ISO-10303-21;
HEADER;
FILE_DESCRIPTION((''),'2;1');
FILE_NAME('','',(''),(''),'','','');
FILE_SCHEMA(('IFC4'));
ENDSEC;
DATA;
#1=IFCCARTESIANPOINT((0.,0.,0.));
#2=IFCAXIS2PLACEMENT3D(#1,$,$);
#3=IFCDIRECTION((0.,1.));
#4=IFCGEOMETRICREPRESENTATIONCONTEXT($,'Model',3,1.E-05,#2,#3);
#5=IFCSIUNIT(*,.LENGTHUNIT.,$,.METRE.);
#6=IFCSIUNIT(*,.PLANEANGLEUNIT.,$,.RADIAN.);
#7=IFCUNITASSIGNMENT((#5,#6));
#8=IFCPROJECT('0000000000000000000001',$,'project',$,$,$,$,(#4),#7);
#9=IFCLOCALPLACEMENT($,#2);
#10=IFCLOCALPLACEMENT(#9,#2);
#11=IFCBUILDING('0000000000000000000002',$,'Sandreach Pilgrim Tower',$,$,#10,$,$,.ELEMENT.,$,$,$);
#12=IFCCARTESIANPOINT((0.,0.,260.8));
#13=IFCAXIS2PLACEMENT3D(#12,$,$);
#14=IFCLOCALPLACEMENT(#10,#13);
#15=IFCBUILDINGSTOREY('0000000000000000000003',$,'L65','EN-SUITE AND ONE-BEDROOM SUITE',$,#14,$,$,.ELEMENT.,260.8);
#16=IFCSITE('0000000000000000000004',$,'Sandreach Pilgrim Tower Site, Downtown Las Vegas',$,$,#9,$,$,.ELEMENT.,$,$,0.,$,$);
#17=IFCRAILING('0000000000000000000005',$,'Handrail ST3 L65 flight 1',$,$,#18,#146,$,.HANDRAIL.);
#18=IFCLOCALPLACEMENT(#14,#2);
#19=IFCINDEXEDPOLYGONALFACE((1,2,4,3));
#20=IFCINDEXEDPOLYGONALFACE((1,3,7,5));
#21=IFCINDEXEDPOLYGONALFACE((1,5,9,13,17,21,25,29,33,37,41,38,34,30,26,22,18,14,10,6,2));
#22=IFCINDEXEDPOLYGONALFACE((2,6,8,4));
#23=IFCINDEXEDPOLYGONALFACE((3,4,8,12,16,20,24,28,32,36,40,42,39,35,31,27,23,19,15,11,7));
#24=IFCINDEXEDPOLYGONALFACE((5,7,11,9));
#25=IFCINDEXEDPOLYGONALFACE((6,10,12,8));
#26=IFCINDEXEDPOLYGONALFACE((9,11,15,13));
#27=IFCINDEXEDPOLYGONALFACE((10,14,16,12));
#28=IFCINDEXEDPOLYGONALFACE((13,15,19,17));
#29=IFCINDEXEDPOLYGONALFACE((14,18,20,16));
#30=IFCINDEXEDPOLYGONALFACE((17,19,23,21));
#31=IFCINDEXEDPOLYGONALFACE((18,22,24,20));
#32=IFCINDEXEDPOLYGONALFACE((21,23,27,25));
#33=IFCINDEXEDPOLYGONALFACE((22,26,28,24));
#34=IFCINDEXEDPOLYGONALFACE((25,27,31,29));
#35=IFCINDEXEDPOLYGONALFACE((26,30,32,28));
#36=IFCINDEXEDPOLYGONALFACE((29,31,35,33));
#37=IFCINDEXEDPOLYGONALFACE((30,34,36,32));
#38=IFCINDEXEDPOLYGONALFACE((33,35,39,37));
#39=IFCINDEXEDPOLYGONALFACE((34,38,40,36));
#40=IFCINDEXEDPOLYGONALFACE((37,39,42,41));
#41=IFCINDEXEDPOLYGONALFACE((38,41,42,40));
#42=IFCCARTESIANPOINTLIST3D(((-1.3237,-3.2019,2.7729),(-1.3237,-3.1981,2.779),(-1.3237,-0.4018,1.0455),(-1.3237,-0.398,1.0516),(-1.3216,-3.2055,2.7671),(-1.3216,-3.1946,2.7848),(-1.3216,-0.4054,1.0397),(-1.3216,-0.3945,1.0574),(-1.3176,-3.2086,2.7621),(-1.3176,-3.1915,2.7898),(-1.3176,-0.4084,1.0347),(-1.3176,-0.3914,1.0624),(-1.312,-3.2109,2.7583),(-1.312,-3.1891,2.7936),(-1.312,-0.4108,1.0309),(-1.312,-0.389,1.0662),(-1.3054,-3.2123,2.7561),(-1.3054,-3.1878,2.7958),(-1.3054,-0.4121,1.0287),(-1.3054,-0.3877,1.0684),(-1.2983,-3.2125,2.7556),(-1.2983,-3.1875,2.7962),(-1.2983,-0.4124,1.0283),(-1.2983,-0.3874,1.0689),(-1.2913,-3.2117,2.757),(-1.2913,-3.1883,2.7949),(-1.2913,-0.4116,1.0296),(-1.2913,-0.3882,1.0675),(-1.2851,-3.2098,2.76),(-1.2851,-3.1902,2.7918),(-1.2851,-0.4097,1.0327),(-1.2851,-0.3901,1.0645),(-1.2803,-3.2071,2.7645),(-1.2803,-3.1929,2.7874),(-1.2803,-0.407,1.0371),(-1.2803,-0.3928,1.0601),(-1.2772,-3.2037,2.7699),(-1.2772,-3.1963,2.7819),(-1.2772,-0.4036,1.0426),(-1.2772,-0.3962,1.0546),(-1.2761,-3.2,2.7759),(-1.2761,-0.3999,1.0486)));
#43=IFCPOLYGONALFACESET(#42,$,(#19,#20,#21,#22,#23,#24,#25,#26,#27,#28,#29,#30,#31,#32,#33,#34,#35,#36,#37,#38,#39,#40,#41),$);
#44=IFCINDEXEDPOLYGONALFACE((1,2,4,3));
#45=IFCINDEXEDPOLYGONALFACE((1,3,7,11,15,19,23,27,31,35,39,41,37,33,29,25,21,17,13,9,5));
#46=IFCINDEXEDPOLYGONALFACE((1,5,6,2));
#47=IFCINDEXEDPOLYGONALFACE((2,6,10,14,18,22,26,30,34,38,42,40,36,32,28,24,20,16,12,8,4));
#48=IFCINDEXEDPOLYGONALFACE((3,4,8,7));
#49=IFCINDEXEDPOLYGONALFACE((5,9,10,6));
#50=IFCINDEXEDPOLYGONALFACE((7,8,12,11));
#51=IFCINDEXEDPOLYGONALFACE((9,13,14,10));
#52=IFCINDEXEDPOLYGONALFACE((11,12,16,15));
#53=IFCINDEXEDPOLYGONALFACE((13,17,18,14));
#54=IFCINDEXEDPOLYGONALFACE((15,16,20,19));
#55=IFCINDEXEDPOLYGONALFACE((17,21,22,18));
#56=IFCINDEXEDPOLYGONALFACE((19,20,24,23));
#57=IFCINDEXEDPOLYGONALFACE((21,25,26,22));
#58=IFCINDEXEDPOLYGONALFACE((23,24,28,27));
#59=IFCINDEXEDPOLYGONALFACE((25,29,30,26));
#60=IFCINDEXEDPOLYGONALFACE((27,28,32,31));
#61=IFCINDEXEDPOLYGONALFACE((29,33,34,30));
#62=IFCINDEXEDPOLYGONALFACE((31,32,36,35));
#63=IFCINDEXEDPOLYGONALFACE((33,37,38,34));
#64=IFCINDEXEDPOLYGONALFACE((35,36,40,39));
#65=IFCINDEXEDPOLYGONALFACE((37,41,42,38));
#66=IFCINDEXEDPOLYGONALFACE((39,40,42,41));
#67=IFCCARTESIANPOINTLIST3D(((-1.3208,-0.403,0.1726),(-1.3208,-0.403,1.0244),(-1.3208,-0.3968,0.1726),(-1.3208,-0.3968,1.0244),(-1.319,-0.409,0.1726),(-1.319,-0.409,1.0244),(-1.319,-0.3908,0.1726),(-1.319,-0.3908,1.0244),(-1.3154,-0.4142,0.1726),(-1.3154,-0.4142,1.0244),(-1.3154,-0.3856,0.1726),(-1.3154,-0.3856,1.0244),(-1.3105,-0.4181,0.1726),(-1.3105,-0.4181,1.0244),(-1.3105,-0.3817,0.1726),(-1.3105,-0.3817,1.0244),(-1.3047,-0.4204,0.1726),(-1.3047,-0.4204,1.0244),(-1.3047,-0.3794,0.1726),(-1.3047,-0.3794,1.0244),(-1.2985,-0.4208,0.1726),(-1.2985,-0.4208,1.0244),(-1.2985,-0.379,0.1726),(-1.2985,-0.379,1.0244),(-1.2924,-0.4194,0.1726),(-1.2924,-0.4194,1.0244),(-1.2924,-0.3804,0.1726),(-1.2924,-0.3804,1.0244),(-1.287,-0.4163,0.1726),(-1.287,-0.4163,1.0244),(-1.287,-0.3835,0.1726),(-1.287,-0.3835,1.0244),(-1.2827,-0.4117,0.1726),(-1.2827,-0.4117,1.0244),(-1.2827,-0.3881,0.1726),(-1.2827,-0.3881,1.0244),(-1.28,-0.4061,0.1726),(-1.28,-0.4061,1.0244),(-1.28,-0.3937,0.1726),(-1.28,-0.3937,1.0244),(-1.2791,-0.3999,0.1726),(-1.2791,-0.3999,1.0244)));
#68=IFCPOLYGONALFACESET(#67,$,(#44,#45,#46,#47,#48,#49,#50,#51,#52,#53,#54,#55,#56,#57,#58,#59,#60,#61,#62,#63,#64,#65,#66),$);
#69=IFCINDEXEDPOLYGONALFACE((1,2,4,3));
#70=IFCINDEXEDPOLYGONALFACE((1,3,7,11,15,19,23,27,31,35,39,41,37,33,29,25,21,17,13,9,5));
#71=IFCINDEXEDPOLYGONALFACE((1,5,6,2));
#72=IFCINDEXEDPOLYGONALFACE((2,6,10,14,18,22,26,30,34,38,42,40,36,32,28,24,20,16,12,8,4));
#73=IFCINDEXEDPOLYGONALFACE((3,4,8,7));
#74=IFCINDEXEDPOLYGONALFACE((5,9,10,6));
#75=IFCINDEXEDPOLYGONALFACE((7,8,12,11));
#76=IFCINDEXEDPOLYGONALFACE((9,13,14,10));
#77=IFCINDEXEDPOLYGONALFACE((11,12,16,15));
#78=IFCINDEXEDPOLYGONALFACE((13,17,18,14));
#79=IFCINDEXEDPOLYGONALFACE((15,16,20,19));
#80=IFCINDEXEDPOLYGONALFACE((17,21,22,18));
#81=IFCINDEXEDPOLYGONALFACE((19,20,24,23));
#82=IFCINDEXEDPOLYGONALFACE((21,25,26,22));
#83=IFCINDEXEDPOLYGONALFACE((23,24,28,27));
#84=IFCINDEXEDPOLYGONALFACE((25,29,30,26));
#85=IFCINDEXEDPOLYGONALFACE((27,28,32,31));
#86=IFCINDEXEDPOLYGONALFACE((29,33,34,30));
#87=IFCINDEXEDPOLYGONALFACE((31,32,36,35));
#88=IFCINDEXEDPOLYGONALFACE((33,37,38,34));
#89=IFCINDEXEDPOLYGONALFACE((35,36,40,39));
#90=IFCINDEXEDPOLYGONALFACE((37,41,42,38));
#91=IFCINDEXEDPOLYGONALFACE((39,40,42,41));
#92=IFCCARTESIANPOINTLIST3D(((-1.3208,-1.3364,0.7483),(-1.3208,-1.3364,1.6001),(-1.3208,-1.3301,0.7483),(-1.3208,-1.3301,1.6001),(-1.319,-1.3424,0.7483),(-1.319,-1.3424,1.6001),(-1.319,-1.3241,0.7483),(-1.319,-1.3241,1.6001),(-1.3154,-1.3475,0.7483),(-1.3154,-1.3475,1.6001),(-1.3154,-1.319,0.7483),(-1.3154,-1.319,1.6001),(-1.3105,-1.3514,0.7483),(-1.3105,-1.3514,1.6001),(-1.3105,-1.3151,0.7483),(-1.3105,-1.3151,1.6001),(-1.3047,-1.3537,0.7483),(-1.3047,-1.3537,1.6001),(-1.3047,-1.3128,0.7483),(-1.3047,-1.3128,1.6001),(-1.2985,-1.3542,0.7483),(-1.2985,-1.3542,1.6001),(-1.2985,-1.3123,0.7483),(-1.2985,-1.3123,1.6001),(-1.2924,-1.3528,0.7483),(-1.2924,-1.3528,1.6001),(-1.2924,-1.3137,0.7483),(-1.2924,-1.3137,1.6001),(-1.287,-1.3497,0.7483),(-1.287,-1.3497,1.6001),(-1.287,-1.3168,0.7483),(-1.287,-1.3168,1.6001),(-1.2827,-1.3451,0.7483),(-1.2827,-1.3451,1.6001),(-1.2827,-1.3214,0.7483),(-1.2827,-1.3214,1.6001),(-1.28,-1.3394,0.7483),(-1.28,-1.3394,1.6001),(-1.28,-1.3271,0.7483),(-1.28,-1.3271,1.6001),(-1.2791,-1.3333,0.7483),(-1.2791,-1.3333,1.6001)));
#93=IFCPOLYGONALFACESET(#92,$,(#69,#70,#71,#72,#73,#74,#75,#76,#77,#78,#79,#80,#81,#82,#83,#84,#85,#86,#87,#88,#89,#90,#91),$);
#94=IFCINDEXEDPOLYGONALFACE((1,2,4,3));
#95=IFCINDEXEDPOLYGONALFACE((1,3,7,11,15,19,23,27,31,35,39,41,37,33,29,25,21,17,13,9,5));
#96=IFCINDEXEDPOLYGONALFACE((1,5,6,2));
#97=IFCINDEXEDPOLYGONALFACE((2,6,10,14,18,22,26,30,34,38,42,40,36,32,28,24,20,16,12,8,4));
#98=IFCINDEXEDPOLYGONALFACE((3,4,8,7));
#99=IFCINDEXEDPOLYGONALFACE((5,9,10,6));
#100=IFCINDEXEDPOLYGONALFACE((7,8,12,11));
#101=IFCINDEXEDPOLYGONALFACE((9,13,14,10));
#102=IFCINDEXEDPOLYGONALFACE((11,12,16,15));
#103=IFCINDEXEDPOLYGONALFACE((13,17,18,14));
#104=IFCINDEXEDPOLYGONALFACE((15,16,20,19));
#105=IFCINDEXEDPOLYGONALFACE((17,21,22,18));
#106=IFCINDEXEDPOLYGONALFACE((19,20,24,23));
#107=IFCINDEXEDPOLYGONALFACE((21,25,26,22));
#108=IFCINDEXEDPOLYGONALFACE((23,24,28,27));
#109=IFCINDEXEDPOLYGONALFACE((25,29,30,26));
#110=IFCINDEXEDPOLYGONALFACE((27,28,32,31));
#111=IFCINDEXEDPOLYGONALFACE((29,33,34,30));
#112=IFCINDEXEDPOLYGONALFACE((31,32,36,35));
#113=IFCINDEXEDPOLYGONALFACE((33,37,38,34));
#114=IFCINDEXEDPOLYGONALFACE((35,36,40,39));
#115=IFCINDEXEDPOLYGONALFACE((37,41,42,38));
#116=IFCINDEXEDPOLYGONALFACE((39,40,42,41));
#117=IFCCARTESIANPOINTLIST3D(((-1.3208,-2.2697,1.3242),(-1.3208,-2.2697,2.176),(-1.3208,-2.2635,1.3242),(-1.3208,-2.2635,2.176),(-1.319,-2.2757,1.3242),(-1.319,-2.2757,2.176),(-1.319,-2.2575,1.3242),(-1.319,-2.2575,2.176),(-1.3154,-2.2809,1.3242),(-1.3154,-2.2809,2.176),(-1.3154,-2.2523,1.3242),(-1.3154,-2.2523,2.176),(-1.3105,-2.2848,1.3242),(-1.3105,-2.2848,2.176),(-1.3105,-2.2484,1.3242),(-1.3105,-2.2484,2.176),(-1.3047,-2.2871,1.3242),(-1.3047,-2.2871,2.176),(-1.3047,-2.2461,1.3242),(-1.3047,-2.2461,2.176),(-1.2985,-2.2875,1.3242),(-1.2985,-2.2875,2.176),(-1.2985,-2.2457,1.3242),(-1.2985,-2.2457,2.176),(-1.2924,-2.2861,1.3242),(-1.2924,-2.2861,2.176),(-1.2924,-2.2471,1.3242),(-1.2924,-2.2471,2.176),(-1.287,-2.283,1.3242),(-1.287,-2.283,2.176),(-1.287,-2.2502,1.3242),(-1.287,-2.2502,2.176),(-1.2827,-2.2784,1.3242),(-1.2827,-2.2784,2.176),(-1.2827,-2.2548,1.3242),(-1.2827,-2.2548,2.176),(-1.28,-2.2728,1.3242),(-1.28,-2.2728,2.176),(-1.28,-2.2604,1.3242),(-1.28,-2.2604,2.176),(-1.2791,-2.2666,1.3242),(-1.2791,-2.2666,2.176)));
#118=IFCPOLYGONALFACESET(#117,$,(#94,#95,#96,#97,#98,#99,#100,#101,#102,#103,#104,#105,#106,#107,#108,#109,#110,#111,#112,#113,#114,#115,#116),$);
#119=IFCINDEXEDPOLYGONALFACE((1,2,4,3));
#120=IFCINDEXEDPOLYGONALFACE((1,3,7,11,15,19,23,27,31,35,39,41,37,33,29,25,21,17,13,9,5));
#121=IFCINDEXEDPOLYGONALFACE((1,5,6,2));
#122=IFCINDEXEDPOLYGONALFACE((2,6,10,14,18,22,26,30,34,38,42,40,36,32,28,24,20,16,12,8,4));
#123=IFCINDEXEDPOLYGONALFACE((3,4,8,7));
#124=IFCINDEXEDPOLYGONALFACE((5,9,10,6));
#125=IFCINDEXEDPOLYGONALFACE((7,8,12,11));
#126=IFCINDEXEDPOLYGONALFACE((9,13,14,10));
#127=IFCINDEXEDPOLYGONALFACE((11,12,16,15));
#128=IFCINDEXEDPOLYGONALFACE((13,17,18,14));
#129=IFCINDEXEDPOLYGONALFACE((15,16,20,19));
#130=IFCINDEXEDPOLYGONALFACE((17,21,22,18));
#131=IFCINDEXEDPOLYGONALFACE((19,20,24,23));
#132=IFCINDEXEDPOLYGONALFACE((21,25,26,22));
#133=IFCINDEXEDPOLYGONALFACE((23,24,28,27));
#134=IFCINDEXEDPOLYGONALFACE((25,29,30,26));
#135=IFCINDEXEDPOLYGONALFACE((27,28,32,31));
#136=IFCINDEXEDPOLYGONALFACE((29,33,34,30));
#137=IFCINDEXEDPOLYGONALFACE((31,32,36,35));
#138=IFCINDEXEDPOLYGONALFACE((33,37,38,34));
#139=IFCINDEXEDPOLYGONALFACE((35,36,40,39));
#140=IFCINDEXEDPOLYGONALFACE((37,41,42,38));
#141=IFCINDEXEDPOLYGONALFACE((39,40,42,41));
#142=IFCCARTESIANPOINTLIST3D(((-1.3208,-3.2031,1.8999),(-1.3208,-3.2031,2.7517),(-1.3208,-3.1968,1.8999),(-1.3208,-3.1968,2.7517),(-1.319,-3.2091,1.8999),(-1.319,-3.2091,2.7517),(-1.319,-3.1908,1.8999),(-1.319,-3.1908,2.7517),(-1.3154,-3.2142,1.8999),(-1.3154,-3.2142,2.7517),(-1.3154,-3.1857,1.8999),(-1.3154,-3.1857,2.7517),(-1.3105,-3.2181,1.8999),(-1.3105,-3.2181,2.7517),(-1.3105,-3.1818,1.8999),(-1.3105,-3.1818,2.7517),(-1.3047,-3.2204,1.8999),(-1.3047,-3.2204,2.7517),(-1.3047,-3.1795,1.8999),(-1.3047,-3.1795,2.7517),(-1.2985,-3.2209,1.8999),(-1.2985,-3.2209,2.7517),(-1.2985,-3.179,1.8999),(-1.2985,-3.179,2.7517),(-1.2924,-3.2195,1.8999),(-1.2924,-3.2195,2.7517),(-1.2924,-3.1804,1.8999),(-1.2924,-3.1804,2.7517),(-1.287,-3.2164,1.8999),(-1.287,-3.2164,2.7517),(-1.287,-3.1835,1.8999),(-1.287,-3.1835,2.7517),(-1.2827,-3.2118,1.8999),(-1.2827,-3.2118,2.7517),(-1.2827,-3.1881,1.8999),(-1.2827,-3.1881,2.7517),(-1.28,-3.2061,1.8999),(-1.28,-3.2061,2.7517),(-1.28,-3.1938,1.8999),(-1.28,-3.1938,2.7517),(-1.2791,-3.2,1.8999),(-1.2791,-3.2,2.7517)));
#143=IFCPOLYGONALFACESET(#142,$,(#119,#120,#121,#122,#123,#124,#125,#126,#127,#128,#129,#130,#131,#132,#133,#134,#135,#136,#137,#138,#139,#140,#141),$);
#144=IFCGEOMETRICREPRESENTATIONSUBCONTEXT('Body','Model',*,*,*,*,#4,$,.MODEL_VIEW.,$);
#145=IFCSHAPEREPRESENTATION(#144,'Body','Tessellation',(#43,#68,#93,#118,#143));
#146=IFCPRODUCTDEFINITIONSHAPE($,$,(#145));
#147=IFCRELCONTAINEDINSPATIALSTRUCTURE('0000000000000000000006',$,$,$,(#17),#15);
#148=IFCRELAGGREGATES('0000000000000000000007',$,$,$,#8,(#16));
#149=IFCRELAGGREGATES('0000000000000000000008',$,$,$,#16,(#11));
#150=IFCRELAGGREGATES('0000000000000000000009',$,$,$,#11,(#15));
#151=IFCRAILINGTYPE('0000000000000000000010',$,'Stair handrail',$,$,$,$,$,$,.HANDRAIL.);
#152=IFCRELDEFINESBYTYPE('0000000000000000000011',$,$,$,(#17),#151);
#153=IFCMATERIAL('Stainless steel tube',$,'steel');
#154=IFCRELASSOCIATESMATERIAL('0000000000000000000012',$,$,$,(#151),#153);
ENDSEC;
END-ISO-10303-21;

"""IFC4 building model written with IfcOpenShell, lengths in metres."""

from ifc_helpers import new_model, si_unit, direction, frame, origin, origin_2d, place, context, subcontext, project, spatial, circle, extrude, material, type_object, element, save


model = new_model("IFC4")

# Units and contexts
model_context = context("Model", 3, precision=1e-05, world=origin(), true_north=direction((0.0, 1.0)))
body_context = subcontext(model_context, "Body", "Model", "MODEL_VIEW")
ifc_project = project(units=[si_unit("LENGTHUNIT", "METRE"), si_unit("PLANEANGLEUNIT", "RADIAN")], contexts=[model_context])

# Site, building, storey
site_placement = place(None, origin())
site = spatial("IfcSite", under=ifc_project, at=site_placement, Name="Sandreach Pilgrim Tower Site, Downtown Las Vegas", CompositionType="ELEMENT", RefElevation=0.0)
building_placement = place(site_placement, origin())
building = spatial("IfcBuilding", under=site, at=building_placement, Name="Sandreach Pilgrim Tower", CompositionType="ELEMENT")
storey_placement = place(building_placement, frame((0.0, 0.0, 260.8)))
storey = spatial("IfcBuildingStorey", under=building, at=storey_placement, Name="L65", Description="EN-SUITE AND ONE-BEDROOM SUITE", CompositionType="ELEMENT", Elevation=260.8)

# Railing
ifc_material_1 = material(Name="Stainless steel tube", Category="steel")
railing_type = type_object("IfcRailingType", Name="Stair handrail", PredefinedType="HANDRAIL", material=ifc_material_1)
for number, where, name in (
    (1, (-1.3, -0.3999, 0.1726), "Handrail ST3 L65 flight 1"),
):
    element("IfcRailing", number, at=place(storey_placement, frame(where)), inside=storey, type_object=railing_type, Name=name, PredefinedType="HANDRAIL", context=body_context, shape_type="SweptSolid", body=[
        extrude(circle(Radius=0.0239, at=origin_2d()), frame((0.0, 0.0, 0.876), z_axis=(0.0, -0.85109, 0.52502), x_axis=(1.0, 0.0, 0.0)), (0.0, 0.0, 1.0), 3.29),
        extrude(circle(Radius=0.021, at=origin_2d()), origin(), (0.0, 0.0, 1.0), 0.8518),
        extrude(circle(Radius=0.021, at=origin_2d()), frame((0.0, -0.9333, 0.5757)), (0.0, 0.0, 1.0), 0.8518),
        extrude(circle(Radius=0.021, at=origin_2d()), frame((0.0, -1.8667, 1.1516)), (0.0, 0.0, 1.0), 0.8518),
        extrude(circle(Radius=0.021, at=origin_2d()), frame((0.0, -2.8, 1.7273)), (0.0, 0.0, 1.0), 0.8518),
    ])

save(model, "model.ifc")
